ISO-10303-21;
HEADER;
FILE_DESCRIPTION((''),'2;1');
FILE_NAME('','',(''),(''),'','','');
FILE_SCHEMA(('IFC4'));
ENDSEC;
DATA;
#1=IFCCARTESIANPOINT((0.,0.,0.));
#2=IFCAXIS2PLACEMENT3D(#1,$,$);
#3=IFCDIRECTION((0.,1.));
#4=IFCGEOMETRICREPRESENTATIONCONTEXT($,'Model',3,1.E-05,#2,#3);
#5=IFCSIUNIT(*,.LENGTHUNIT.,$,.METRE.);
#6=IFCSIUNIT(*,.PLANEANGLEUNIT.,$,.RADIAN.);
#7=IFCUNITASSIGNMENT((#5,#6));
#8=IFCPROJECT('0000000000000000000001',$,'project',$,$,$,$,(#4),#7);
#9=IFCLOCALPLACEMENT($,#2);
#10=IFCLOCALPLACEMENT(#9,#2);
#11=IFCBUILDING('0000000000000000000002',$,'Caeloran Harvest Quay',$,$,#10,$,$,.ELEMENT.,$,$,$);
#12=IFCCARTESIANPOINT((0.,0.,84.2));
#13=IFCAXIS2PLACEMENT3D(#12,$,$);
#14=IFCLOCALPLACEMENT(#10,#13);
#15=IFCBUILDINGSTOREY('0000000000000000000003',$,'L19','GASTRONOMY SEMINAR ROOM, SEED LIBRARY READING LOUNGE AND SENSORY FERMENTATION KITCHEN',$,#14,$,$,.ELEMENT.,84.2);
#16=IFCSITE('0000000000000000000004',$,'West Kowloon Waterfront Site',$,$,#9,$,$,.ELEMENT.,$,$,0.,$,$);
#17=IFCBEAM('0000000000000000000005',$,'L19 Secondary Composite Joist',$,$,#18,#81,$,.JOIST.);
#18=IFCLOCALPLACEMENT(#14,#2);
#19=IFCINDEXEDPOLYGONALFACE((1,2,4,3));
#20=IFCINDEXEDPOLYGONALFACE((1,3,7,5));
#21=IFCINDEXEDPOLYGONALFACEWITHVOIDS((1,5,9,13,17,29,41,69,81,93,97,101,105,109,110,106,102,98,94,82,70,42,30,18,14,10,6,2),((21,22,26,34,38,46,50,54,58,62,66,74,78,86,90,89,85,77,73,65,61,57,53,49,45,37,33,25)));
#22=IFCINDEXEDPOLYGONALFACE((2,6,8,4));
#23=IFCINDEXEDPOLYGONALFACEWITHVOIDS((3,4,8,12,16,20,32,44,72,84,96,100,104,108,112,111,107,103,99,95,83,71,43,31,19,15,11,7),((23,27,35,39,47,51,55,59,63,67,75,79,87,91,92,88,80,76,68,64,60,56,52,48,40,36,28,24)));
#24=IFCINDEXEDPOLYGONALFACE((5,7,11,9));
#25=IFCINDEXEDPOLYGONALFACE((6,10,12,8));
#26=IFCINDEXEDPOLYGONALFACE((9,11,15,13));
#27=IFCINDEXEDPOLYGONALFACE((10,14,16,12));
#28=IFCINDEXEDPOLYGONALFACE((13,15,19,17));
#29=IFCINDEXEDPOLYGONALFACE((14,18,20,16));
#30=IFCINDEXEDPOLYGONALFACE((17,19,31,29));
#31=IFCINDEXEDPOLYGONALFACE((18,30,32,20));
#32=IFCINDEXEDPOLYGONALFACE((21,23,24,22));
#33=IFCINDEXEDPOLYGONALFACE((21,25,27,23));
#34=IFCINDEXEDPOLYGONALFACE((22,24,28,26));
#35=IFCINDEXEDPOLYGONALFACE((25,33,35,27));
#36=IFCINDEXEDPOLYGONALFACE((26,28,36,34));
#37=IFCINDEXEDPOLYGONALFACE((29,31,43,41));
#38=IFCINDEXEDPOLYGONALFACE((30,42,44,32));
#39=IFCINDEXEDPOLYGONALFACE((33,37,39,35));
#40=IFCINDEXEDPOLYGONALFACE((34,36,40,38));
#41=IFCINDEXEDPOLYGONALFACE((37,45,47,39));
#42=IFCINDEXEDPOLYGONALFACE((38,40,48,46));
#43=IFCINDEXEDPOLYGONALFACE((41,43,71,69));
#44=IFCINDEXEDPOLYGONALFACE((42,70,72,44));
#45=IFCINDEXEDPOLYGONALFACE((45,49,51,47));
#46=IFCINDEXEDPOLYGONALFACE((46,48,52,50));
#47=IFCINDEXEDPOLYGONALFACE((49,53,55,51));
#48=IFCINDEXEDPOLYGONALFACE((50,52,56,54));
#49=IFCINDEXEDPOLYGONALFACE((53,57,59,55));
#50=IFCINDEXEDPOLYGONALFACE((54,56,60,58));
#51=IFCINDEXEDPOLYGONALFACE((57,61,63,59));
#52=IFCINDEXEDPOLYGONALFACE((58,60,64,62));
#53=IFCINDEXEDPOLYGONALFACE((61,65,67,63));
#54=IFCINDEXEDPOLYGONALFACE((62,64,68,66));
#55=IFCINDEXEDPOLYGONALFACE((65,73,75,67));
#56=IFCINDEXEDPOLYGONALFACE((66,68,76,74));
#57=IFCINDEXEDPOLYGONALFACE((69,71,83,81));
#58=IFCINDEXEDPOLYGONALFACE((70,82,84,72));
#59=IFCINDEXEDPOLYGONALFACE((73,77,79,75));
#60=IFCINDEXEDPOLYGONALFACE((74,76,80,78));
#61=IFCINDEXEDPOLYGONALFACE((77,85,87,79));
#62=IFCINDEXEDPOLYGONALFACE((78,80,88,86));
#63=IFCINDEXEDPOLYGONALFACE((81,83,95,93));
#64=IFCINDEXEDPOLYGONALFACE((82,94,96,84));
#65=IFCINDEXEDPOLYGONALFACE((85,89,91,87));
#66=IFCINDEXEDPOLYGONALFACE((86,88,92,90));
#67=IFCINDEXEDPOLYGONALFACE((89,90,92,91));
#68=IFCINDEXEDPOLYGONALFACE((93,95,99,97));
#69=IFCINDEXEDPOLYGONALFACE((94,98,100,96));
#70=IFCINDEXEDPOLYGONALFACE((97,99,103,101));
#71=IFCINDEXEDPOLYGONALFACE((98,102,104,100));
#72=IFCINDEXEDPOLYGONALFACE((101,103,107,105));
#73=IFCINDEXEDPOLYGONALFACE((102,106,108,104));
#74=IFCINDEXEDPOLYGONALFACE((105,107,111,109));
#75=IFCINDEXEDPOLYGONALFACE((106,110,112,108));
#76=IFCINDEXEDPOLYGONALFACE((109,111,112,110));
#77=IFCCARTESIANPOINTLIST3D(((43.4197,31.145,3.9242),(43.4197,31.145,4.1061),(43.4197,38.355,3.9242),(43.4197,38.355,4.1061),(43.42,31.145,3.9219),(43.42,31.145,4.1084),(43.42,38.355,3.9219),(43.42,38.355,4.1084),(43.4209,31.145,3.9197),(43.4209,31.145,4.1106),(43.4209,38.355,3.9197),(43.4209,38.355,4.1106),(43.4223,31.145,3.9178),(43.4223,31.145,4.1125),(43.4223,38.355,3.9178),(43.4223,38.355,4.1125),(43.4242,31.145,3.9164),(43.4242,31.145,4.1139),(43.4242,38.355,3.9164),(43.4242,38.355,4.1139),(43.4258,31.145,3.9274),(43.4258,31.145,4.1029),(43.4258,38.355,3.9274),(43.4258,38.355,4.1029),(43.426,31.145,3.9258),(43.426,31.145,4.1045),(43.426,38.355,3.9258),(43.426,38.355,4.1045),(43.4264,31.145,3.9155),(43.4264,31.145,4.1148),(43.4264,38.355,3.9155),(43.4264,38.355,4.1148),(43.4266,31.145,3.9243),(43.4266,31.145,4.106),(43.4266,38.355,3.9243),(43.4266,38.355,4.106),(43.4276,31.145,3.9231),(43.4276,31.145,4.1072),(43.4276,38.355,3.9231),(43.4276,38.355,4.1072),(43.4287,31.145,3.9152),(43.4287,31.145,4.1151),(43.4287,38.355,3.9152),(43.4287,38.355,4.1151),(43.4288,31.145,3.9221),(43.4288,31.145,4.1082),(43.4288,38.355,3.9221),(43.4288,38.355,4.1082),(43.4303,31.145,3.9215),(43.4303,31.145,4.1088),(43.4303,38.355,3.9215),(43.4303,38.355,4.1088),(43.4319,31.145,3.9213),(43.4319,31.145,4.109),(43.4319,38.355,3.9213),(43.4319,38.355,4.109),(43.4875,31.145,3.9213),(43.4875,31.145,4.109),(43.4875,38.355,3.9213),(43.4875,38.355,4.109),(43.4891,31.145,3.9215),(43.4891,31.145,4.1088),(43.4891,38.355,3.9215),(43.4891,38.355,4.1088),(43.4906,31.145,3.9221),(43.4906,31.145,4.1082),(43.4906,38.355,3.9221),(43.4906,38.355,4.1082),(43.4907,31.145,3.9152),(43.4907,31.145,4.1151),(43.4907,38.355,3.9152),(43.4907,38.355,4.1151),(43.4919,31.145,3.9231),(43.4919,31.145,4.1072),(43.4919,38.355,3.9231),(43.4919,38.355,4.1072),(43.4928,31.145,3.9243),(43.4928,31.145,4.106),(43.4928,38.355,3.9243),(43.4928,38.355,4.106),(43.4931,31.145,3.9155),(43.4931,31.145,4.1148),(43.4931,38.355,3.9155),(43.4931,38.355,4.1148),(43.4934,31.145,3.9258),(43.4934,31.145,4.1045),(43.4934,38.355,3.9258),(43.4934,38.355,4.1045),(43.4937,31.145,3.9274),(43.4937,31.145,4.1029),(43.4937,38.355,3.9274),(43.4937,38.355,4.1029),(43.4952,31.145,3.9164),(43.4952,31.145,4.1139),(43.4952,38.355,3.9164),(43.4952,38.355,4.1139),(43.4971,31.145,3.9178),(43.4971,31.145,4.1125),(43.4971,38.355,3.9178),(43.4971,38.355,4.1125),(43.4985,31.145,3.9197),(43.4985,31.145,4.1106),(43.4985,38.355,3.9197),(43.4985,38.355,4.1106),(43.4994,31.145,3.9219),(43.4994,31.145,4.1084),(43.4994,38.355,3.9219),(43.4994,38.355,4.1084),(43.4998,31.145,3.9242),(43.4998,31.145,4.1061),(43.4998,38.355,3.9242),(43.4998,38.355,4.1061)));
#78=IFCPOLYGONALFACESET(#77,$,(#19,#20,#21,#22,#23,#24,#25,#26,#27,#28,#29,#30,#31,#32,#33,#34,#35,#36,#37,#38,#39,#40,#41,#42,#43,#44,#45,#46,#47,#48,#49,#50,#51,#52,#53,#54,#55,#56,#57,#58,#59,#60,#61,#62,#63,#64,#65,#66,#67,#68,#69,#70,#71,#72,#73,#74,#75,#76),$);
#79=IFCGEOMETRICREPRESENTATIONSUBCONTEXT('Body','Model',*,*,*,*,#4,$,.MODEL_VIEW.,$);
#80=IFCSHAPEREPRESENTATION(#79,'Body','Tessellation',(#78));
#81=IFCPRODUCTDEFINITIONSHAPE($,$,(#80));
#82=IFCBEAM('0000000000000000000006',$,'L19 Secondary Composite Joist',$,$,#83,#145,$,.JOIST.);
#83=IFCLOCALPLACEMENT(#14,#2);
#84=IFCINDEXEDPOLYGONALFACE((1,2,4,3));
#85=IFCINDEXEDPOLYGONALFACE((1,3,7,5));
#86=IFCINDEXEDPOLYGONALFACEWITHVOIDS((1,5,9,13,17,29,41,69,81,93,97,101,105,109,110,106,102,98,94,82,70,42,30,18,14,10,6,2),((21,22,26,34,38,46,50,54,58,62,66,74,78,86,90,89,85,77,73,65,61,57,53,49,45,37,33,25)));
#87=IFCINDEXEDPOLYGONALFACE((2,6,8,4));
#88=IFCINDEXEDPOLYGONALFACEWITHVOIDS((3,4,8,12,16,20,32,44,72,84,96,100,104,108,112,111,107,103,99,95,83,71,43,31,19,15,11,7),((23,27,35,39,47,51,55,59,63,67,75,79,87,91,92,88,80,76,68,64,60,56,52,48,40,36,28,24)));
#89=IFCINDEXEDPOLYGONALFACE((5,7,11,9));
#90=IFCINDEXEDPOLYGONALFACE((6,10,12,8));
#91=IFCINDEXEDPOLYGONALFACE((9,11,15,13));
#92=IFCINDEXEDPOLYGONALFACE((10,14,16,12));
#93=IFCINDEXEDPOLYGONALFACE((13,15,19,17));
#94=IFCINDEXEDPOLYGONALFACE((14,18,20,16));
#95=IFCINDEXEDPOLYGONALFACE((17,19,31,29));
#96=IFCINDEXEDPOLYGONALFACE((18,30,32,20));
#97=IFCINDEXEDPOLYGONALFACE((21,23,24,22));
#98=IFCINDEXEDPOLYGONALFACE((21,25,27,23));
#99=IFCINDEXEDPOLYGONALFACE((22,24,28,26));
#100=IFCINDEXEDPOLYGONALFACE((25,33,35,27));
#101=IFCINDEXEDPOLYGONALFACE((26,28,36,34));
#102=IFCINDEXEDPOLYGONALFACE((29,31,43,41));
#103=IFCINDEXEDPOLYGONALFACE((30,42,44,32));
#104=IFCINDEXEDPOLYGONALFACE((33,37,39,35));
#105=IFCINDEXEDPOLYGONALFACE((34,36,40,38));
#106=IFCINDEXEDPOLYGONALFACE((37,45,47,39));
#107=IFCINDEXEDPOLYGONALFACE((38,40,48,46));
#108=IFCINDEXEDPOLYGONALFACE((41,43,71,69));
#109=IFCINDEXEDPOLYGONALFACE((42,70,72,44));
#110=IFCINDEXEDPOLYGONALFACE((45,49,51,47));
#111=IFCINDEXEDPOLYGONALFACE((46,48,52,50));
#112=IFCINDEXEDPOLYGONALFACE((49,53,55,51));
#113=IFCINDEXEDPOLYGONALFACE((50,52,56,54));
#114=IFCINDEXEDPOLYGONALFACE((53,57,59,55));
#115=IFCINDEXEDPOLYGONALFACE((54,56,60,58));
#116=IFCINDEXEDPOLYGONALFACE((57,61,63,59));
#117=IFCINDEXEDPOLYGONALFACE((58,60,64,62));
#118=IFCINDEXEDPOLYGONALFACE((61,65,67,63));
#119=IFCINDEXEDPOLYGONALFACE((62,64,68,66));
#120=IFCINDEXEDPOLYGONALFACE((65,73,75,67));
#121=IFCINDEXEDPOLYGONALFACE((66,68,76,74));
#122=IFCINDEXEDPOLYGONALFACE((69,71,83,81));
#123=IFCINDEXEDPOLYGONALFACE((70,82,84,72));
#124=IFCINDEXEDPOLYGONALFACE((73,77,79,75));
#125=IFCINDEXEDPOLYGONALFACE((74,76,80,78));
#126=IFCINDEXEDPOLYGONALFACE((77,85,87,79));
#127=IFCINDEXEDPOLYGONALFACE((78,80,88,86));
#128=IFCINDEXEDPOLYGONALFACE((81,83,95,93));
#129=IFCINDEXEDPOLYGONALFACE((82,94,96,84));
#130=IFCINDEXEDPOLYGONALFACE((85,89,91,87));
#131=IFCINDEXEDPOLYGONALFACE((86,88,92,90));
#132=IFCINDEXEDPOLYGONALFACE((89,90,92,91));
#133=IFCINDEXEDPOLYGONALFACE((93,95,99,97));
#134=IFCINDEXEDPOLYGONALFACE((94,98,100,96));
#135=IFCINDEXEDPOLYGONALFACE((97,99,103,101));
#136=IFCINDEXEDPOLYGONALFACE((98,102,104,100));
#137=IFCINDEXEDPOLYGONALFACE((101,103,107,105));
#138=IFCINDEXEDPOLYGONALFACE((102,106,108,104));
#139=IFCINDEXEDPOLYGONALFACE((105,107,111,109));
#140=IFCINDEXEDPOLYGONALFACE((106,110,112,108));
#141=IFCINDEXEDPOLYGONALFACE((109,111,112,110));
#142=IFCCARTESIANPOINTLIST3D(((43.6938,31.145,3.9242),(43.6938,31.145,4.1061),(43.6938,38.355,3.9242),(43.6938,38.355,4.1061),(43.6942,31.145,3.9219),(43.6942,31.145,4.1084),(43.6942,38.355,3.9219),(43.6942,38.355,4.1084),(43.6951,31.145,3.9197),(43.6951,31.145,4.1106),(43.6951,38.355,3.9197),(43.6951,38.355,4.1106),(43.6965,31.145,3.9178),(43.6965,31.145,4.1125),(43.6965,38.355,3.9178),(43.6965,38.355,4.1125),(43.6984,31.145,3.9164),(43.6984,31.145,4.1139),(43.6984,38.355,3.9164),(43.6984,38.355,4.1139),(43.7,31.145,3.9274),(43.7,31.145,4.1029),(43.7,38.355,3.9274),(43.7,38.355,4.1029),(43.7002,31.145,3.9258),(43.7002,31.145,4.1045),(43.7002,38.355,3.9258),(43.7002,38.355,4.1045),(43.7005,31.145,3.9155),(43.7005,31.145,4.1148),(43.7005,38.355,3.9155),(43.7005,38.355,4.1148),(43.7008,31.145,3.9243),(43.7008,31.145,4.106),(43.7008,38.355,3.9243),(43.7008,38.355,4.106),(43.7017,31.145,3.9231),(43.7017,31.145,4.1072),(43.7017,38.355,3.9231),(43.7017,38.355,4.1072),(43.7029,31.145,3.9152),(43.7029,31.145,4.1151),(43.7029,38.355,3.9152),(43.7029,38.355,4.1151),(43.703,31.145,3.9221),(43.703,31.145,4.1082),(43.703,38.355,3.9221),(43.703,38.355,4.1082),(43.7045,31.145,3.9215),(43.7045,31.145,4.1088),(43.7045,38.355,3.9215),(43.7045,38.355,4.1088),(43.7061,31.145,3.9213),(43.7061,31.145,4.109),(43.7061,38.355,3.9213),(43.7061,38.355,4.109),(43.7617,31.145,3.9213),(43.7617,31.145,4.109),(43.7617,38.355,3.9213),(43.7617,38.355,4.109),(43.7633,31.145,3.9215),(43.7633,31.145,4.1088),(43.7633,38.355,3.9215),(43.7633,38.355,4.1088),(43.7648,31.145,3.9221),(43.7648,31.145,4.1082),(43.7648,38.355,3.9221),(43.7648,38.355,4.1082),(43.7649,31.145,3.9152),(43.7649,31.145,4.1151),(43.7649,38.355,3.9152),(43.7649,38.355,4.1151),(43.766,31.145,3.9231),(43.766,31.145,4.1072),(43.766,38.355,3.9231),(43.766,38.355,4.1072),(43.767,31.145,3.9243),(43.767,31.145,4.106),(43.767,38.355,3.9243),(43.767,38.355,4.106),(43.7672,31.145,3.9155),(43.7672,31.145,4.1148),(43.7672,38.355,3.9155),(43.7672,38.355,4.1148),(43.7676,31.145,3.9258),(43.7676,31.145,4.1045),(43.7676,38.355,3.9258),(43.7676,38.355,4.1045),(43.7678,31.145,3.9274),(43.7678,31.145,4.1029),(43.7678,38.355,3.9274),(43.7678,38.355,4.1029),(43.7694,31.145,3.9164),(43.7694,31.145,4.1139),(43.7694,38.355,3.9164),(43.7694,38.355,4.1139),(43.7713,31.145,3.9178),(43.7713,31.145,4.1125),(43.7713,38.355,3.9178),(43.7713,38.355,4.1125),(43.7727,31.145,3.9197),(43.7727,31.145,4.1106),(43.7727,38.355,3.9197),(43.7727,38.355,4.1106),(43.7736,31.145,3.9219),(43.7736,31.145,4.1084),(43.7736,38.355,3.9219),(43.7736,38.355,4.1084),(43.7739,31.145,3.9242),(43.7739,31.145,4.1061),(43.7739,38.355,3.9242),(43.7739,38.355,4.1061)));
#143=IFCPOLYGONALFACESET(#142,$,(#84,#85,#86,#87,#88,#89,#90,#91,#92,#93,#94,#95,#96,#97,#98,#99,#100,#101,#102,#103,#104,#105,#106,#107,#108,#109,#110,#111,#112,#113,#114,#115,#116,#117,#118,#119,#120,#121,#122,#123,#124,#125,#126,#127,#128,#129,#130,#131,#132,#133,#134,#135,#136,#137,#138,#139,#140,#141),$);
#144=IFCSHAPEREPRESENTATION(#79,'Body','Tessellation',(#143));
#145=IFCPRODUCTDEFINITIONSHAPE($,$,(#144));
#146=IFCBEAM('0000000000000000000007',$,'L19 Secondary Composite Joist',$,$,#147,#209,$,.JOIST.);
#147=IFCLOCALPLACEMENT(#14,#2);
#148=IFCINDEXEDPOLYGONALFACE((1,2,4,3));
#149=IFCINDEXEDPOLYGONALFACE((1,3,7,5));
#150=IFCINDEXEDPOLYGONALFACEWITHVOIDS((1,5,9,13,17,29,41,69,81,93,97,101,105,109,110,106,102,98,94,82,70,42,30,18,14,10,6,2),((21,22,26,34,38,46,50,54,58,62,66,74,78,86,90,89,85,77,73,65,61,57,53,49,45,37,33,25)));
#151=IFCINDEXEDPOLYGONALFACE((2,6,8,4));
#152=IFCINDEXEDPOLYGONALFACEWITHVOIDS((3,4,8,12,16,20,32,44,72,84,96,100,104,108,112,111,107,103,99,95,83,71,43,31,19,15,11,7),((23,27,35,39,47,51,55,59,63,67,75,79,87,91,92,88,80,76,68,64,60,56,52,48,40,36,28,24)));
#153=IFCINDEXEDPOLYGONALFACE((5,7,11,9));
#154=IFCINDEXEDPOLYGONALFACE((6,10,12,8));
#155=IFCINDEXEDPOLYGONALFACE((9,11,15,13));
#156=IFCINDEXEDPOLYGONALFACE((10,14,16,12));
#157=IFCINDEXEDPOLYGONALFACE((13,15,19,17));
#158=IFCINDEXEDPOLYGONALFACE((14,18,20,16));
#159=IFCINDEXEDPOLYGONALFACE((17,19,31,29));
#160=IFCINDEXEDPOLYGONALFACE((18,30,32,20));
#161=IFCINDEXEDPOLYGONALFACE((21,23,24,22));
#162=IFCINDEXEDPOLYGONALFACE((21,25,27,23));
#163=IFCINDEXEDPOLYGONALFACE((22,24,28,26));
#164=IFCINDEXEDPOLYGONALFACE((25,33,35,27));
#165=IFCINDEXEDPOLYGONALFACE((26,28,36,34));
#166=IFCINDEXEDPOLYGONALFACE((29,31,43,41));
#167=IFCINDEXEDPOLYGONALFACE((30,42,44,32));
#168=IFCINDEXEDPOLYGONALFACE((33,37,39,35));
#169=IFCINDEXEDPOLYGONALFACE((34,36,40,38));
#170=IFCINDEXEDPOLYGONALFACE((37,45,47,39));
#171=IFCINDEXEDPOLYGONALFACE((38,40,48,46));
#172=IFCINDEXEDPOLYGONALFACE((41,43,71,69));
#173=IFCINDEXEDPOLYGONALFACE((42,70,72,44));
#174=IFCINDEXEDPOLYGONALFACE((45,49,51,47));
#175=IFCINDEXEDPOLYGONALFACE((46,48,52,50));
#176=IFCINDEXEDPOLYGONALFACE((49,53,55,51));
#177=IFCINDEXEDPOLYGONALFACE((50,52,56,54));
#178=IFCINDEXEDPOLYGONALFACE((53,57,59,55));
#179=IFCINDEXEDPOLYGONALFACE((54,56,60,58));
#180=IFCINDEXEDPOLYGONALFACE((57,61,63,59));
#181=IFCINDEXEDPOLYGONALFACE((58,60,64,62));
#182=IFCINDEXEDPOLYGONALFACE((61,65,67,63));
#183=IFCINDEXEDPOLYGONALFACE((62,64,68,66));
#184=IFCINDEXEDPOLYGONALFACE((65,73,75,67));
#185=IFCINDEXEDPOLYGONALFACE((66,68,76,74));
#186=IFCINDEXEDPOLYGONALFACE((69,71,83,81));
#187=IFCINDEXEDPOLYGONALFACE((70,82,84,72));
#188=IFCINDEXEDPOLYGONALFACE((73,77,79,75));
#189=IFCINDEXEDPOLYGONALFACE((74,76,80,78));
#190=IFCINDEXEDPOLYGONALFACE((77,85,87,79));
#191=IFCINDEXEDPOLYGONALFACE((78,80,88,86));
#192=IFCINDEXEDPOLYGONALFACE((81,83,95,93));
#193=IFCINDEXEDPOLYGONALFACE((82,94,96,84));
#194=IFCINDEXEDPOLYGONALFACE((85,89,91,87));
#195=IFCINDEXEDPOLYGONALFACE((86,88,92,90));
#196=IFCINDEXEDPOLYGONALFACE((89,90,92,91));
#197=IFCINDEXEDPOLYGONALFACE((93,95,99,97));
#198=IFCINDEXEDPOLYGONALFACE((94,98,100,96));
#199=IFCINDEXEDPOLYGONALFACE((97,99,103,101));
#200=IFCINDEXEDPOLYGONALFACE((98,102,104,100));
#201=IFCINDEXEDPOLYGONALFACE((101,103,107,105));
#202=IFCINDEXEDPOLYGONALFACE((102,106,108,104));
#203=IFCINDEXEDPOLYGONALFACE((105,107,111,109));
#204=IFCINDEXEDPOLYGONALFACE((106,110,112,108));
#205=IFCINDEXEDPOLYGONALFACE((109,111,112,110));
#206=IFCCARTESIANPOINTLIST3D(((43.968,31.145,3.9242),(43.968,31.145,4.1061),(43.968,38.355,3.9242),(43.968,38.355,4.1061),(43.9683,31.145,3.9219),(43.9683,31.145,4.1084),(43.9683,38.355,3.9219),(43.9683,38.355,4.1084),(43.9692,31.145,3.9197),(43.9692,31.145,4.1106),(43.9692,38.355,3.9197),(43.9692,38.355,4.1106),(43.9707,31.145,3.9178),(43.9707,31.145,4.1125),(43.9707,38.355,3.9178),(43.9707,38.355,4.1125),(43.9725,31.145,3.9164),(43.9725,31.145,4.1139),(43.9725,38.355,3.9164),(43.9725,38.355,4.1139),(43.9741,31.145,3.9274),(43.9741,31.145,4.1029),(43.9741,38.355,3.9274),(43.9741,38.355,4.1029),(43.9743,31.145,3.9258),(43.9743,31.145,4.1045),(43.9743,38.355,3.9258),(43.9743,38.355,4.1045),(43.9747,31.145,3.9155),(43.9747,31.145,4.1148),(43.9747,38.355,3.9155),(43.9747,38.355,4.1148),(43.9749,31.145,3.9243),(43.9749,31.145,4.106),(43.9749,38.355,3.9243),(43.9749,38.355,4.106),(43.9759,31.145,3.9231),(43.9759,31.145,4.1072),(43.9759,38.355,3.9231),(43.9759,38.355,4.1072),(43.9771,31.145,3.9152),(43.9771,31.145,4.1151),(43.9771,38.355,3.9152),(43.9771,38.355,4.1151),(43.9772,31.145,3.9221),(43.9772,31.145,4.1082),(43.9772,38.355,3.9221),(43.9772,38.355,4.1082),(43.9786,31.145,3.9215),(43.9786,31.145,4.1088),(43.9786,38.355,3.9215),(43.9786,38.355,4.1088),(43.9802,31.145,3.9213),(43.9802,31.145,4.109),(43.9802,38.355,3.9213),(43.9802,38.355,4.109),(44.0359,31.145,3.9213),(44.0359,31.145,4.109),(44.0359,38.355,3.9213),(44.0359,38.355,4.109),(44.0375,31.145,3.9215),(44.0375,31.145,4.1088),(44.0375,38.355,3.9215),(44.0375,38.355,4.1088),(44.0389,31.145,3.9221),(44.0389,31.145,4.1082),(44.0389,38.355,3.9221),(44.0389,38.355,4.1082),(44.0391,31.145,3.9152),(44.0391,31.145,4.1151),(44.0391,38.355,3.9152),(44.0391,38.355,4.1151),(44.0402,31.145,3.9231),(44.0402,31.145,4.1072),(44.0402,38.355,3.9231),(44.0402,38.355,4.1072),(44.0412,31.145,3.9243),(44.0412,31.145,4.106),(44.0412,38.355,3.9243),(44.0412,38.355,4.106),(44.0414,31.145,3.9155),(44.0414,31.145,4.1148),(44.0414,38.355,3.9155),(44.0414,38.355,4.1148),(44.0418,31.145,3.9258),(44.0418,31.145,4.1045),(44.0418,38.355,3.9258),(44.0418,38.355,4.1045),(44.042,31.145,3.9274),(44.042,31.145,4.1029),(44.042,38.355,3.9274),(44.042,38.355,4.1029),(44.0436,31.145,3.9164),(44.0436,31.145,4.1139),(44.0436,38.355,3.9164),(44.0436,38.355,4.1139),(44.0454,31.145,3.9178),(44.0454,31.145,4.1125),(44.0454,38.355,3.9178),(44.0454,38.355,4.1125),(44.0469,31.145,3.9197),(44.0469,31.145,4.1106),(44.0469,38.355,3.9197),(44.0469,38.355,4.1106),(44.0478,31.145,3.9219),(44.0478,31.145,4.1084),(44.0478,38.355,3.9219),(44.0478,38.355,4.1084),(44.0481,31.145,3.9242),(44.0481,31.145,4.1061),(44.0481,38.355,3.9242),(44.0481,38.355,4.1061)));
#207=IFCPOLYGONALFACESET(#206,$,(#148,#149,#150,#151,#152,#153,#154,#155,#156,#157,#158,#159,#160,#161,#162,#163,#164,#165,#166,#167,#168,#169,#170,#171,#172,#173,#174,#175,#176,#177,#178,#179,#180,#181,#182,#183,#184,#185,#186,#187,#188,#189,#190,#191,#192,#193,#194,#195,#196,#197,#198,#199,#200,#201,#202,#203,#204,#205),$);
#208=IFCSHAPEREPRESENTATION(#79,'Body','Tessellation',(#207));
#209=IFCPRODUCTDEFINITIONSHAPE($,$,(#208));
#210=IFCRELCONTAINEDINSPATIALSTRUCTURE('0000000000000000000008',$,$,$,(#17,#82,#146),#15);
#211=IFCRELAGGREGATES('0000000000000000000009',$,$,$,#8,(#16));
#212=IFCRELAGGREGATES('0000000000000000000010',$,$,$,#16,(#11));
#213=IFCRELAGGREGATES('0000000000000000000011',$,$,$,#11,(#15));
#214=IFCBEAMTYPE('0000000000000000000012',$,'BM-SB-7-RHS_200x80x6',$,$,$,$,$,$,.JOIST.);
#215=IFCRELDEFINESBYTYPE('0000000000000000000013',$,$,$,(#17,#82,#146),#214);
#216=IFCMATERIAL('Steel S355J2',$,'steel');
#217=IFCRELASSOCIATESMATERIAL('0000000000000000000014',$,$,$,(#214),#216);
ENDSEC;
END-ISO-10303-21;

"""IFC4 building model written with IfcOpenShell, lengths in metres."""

from ifc_helpers import new_model, si_unit, direction, frame, origin, origin_2d, place, context, subcontext, project, spatial, hollow_rectangle, extrude, material, material_profile, profile_set, type_object, element, save


model = new_model("IFC4")

# Units and contexts
model_context = context("Model", 3, precision=1e-05, world=origin(), true_north=direction((0.0, 1.0)))
body_context = subcontext(model_context, "Body", "Model", "MODEL_VIEW")
ifc_project = project(units=[si_unit("LENGTHUNIT", "METRE"), si_unit("PLANEANGLEUNIT", "RADIAN")], contexts=[model_context])

# Site, building, storey
site_placement = place(None, origin())
site = spatial("IfcSite", under=ifc_project, at=site_placement, Name="West Kowloon Waterfront Site", CompositionType="ELEMENT", RefElevation=0.0)
building_placement = place(site_placement, origin())
building = spatial("IfcBuilding", under=site, at=building_placement, Name="Caeloran Harvest Quay", CompositionType="ELEMENT")
storey_placement = place(building_placement, frame((0.0, 0.0, 84.2)))
storey = spatial("IfcBuildingStorey", under=building, at=storey_placement, Name="L19", Description="GASTRONOMY SEMINAR ROOM, SEED LIBRARY READING LOUNGE AND SENSORY FERMENTATION KITCHEN", CompositionType="ELEMENT", Elevation=84.2)

# Beams
ifc_material_1 = material(Name="Steel S355J2", Category="steel")
ifc_material_profile_1 = material_profile(ifc_material_1, hollow_rectangle(XDim=0.0801, YDim=0.2, WallThickness=0.0061, InnerFilletRadius=0.0061, OuterFilletRadius=0.009, at=origin_2d()), Name="RHS 200x80x6")
ifc_profile_set_1 = profile_set([ifc_material_profile_1], Name="Steel S355J2")
beam_type_1 = type_object("IfcBeamType", Name="BM-SB-7-RHS_200x80x6", PredefinedType="JOIST", material=ifc_profile_set_1)
for number, where, z_axis, x_axis, name in (
    (1, (43.4597, 31.145, 4.0151), (0.0, 1.0, 0.0), (-1.0, 0.0, 0.0), "L19 Secondary Composite Joist"),
    (2, (43.7339, 31.145, 4.0151), (0.0, 1.0, 0.0), (-1.0, 0.0, 0.0), "L19 Secondary Composite Joist"),
    (3, (44.0081, 31.145, 4.0151), (0.0, 1.0, 0.0), (-1.0, 0.0, 0.0), "L19 Secondary Composite Joist"),
):
    element("IfcBeam", number, at=place(storey_placement, frame(where, z_axis=z_axis, x_axis=x_axis)), inside=storey, type_object=beam_type_1, Name=name, PredefinedType="JOIST", context=body_context, shape_type="SweptSolid", body=[
        extrude(hollow_rectangle(XDim=0.0801, YDim=0.2, WallThickness=0.0061, InnerFilletRadius=0.0061, OuterFilletRadius=0.009, at=origin_2d()), origin(), (0.0, 0.0, 1.0), 7.21),
    ])

save(model, "model.ifc")
